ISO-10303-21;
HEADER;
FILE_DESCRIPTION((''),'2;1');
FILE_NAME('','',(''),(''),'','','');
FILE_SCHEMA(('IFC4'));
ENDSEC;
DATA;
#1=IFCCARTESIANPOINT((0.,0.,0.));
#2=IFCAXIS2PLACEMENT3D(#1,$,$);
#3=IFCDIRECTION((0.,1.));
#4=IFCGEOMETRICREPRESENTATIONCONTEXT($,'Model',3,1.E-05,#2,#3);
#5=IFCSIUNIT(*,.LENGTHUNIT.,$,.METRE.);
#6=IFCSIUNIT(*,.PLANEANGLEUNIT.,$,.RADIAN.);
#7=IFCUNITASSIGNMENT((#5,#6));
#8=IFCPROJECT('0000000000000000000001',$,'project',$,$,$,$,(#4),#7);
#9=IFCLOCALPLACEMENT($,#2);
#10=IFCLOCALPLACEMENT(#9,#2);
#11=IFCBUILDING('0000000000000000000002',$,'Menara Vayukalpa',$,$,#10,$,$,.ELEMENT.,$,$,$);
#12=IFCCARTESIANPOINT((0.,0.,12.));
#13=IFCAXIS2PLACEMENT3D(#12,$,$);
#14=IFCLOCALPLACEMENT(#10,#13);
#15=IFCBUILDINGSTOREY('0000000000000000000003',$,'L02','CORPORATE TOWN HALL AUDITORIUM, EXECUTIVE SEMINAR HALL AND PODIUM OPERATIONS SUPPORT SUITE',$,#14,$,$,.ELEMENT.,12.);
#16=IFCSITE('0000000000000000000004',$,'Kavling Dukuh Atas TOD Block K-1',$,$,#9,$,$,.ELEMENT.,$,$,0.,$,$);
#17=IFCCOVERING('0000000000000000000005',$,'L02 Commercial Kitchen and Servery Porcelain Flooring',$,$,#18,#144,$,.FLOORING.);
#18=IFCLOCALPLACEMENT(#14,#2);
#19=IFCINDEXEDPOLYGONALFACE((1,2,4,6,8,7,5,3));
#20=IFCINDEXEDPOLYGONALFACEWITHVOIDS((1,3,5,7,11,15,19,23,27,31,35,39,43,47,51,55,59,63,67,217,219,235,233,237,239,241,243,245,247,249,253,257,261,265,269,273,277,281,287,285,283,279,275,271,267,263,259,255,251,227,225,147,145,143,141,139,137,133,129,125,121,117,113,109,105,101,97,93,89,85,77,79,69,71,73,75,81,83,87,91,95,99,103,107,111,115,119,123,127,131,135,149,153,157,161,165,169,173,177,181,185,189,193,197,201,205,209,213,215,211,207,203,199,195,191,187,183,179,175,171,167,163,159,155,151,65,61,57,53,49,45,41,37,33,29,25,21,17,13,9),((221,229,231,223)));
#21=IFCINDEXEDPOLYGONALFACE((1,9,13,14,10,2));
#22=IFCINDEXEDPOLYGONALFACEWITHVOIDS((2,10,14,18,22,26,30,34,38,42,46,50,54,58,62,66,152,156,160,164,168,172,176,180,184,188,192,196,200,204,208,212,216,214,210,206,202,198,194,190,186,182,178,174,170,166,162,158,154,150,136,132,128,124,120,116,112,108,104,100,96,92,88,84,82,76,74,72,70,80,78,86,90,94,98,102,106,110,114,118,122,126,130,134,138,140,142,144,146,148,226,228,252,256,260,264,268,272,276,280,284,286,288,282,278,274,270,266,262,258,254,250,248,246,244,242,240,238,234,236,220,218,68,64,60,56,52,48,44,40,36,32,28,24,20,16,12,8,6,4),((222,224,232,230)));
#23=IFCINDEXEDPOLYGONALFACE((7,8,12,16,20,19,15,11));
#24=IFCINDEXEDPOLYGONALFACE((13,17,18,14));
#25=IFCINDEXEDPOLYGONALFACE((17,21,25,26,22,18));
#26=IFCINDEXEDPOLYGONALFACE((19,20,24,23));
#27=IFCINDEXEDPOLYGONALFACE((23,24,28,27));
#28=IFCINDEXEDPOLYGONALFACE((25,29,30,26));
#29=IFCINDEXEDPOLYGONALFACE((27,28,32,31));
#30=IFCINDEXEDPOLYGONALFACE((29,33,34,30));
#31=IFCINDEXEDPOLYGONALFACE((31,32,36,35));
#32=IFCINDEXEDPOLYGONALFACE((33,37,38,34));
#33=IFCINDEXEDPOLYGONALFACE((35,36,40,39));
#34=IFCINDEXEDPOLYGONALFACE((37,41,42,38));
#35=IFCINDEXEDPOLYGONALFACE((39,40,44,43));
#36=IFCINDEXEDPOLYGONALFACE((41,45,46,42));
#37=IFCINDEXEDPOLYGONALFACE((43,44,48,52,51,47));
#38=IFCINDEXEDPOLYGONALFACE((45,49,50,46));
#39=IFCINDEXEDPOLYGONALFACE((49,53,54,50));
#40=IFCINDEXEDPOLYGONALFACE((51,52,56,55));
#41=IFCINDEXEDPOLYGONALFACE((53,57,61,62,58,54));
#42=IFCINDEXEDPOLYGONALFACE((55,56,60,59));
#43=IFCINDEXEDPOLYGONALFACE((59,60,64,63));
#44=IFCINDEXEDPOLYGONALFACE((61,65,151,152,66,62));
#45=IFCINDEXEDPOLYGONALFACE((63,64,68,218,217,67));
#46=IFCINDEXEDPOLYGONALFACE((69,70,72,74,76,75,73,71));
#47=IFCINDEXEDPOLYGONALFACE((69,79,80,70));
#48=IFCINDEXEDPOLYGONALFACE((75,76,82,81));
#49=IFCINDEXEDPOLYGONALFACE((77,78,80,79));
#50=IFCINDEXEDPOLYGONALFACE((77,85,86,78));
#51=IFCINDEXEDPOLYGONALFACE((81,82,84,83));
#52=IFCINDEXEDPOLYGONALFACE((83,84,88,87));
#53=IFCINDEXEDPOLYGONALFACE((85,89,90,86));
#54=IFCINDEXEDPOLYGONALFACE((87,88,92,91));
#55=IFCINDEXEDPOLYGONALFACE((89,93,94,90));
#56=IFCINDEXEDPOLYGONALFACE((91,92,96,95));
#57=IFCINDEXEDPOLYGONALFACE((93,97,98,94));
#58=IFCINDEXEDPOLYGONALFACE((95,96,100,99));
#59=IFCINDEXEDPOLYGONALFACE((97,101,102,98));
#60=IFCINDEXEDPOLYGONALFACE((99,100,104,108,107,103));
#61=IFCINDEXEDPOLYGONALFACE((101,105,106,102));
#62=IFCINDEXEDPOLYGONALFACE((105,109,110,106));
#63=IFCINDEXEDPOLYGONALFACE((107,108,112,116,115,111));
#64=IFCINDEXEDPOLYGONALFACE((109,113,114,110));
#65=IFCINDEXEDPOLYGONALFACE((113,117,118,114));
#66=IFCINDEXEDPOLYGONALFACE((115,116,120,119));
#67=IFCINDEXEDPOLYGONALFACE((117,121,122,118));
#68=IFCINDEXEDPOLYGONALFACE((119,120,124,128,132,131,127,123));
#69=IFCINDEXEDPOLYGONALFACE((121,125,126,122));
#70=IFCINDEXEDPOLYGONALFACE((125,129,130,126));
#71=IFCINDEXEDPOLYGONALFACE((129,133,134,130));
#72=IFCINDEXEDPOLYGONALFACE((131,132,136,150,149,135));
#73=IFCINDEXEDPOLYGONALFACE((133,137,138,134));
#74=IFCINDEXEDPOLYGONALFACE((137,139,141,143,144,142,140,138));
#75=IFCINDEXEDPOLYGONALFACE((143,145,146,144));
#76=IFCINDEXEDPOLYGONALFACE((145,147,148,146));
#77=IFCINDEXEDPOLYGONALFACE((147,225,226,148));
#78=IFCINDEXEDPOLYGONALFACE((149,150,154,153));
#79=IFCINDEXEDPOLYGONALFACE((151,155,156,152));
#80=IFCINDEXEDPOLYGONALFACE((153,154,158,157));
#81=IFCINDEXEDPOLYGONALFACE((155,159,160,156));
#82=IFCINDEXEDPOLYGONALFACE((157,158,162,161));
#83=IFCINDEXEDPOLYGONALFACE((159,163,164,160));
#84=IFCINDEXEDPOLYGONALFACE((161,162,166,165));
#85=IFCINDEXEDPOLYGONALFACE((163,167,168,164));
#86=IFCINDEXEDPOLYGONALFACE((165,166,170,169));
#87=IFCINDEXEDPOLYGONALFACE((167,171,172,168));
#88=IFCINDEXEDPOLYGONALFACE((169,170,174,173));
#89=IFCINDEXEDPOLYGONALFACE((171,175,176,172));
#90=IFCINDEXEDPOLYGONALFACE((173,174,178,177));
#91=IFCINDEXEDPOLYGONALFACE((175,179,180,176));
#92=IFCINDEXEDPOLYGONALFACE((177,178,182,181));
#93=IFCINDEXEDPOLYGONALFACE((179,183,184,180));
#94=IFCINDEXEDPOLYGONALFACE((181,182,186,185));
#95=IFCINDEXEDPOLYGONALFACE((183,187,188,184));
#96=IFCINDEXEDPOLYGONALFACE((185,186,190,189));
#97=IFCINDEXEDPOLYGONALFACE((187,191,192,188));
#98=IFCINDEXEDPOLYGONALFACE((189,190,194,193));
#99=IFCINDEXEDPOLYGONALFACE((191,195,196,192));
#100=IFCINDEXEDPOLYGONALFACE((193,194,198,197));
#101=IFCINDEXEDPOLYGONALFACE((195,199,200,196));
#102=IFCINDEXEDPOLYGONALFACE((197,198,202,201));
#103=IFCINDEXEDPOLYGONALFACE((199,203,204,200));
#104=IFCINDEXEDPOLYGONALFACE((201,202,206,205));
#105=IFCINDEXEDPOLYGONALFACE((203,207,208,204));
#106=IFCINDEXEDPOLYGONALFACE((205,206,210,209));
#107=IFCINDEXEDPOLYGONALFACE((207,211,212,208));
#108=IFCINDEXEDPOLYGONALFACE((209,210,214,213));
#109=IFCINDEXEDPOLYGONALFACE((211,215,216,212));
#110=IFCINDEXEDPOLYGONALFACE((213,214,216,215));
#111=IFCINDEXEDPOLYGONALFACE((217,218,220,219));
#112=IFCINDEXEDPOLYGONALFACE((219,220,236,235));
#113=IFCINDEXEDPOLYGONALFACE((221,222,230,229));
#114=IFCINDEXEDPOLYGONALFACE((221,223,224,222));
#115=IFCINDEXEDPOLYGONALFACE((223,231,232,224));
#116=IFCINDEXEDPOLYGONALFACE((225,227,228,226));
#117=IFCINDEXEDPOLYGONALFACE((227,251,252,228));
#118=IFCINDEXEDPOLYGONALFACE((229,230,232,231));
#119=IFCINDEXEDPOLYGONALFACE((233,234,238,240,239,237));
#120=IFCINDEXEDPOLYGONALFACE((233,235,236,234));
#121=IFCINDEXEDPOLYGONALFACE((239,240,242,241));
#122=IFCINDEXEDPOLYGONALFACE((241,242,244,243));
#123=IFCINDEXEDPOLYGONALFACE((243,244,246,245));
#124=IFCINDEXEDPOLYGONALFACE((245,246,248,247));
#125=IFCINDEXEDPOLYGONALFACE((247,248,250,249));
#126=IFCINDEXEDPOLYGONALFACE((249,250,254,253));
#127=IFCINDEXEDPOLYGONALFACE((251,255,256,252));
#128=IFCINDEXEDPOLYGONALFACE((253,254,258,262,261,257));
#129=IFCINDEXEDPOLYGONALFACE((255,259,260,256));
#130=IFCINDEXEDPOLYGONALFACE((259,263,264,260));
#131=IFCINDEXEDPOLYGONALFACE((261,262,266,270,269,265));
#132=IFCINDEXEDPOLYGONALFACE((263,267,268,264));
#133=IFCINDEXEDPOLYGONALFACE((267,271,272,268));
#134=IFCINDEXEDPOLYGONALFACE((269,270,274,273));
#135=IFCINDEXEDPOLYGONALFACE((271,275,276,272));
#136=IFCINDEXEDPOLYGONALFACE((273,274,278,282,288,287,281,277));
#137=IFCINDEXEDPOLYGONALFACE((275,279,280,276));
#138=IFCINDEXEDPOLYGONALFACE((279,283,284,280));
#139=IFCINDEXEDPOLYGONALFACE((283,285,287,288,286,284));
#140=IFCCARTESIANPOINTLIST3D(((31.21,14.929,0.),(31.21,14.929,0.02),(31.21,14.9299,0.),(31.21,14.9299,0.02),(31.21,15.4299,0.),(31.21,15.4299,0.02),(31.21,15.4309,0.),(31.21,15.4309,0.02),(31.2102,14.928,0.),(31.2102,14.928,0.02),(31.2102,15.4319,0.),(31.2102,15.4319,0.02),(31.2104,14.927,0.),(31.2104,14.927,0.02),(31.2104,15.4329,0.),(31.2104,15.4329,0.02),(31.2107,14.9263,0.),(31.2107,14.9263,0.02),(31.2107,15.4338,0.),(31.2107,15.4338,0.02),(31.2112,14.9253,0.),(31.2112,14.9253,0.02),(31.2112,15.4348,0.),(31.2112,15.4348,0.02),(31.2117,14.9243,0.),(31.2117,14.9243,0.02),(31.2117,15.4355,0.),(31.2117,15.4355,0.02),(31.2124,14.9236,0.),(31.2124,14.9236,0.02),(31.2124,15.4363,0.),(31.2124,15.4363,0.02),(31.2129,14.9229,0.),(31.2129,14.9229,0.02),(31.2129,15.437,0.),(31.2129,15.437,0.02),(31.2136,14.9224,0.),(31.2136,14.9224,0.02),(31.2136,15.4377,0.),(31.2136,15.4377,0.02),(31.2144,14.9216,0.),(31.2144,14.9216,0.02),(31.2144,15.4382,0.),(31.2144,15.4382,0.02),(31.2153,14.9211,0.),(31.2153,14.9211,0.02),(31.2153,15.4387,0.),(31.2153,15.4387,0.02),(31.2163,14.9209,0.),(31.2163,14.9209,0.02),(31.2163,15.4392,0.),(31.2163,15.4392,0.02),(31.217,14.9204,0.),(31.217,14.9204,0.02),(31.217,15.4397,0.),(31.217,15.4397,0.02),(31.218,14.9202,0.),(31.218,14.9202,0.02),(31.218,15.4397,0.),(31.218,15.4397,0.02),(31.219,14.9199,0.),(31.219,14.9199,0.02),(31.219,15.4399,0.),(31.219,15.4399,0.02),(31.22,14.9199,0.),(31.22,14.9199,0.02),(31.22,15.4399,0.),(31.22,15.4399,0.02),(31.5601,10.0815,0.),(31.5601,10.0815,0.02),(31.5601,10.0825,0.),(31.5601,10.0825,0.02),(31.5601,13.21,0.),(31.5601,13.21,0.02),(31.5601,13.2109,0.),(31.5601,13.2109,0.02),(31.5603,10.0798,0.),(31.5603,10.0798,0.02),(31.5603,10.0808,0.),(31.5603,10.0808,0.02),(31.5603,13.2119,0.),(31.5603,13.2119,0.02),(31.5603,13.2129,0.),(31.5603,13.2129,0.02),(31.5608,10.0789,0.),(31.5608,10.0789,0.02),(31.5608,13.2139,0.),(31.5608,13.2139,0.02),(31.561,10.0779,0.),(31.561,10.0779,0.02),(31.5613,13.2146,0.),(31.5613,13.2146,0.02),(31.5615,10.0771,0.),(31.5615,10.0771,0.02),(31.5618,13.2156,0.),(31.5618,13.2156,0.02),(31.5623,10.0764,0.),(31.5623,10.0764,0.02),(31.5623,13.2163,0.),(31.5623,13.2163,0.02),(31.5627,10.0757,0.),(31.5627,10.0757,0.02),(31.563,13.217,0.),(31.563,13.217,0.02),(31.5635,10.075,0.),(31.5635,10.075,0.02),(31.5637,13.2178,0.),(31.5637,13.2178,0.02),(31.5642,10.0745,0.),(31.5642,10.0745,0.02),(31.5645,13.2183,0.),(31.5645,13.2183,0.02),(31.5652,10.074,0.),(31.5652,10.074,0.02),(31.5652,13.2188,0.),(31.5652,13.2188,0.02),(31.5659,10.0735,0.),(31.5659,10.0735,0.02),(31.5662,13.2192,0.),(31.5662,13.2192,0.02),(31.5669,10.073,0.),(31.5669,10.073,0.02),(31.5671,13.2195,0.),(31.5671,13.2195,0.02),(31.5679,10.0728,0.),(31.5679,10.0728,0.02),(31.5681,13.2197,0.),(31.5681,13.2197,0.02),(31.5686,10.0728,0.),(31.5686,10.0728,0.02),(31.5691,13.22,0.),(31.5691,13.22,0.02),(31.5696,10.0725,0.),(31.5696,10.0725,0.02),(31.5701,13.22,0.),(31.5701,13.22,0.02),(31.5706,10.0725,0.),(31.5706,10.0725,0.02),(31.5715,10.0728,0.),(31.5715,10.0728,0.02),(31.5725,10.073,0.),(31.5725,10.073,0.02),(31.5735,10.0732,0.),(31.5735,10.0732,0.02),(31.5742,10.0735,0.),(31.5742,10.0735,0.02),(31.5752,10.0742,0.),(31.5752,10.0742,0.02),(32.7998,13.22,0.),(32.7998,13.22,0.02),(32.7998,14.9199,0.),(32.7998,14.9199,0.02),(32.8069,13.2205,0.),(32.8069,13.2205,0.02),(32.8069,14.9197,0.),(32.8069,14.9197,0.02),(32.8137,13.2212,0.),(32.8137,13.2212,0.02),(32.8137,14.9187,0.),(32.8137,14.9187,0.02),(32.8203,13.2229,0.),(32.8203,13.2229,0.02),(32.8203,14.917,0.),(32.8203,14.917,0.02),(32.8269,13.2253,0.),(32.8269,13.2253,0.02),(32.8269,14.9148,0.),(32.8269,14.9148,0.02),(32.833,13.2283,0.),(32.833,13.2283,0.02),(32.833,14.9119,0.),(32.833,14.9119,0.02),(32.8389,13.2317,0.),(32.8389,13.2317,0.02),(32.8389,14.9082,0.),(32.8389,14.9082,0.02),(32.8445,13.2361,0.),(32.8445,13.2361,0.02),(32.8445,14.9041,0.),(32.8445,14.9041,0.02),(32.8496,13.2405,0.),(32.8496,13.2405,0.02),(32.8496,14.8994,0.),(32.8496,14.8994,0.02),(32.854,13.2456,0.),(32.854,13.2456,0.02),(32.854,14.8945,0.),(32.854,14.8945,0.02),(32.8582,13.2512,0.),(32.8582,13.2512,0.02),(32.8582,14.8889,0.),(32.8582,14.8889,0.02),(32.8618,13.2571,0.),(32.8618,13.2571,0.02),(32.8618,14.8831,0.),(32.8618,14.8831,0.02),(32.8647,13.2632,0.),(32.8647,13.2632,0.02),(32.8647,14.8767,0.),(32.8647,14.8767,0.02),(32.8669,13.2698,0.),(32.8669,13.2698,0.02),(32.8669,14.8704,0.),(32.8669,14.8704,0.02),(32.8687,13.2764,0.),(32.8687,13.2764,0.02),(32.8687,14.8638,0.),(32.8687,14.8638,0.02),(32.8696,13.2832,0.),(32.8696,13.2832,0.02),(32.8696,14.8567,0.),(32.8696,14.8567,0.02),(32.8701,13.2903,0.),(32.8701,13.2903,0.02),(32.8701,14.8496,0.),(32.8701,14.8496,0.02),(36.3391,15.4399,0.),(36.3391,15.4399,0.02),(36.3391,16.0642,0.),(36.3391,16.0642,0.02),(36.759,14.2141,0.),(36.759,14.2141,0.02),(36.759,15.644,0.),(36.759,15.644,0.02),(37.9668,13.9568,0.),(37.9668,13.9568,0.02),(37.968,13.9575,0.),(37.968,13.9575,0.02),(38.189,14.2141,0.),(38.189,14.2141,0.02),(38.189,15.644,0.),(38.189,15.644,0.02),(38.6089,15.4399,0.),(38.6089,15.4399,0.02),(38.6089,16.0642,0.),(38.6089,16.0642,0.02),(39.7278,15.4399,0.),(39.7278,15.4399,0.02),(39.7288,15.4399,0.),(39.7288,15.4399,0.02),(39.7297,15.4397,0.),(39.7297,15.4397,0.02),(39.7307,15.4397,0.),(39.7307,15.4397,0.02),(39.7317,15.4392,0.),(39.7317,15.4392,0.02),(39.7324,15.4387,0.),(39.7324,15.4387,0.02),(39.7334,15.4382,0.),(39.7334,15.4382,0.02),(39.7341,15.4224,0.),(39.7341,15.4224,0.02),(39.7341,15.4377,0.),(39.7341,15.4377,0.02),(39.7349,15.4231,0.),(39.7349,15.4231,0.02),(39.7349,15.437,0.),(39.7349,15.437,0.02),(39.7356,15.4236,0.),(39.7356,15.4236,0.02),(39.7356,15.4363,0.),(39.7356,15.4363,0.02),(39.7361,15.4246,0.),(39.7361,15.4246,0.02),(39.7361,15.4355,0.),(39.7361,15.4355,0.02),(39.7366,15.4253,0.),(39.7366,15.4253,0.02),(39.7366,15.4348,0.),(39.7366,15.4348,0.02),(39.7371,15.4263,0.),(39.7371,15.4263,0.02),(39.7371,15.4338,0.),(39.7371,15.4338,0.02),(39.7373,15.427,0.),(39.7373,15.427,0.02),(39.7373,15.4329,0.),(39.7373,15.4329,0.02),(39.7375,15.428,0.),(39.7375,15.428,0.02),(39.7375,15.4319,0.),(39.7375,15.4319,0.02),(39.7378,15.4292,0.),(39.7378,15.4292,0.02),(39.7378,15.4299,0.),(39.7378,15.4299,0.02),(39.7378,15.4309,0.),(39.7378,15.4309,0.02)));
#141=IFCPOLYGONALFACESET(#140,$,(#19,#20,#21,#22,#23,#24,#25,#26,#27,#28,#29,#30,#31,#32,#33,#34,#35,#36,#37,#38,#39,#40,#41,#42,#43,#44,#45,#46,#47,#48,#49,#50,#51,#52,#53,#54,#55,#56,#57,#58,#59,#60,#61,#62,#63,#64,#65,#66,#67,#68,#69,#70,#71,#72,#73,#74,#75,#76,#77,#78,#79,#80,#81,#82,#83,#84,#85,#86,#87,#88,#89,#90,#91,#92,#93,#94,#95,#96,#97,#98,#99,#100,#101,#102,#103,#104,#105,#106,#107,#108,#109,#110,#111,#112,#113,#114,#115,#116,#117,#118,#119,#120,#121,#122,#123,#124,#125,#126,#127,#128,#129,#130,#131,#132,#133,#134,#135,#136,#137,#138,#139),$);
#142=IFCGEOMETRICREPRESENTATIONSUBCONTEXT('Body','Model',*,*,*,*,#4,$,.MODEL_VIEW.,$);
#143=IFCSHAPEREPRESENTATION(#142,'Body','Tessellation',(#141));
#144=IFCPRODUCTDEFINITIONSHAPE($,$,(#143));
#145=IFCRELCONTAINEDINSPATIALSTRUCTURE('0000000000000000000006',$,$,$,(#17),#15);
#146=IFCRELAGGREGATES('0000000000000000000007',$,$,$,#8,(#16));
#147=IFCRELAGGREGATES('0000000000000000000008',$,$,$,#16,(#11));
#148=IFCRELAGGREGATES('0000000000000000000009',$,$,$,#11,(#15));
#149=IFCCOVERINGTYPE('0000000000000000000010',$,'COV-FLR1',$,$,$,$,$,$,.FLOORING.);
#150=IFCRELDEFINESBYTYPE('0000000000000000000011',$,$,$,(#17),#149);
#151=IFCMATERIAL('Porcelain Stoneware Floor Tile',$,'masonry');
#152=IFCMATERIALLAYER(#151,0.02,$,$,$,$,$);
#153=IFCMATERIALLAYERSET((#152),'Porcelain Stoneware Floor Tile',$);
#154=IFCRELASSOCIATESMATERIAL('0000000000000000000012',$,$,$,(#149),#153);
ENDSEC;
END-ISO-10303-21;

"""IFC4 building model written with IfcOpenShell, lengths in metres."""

from ifc_helpers import new_model, si_unit, direction, frame, origin, place, context, subcontext, project, spatial, polyline, outline, extrude, material, layer, layer_set, type_object, element, save


model = new_model("IFC4")

# Units and contexts
model_context = context("Model", 3, precision=1e-05, world=origin(), true_north=direction((0.0, 1.0)))
body_context = subcontext(model_context, "Body", "Model", "MODEL_VIEW")
ifc_project = project(units=[si_unit("LENGTHUNIT", "METRE"), si_unit("PLANEANGLEUNIT", "RADIAN")], contexts=[model_context])

# Site, building, storey
site_placement = place(None, origin())
site = spatial("IfcSite", under=ifc_project, at=site_placement, Name="Kavling Dukuh Atas TOD Block K-1", CompositionType="ELEMENT", RefElevation=0.0)
building_placement = place(site_placement, origin())
building = spatial("IfcBuilding", under=site, at=building_placement, Name="Menara Vayukalpa", CompositionType="ELEMENT")
storey_placement = place(building_placement, frame((0.0, 0.0, 12.0)))
storey = spatial("IfcBuildingStorey", under=building, at=storey_placement, Name="L02", Description="CORPORATE TOWN HALL AUDITORIUM, EXECUTIVE SEMINAR HALL AND PODIUM OPERATIONS SUPPORT SUITE", CompositionType="ELEMENT", Elevation=12.0)

# Covering
ifc_material_1 = material(Name="Porcelain Stoneware Floor Tile", Category="masonry")
ifc_layer_1 = layer(ifc_material_1, 0.02)
ifc_layer_set_1 = layer_set([ifc_layer_1], Name="Porcelain Stoneware Floor Tile")
covering_type_1 = type_object("IfcCoveringType", Name="COV-FLR1", PredefinedType="FLOORING", material=ifc_layer_set_1)
covering_1_placement = place(storey_placement, origin())
element("IfcCovering", 1, at=covering_1_placement, inside=storey, type_object=covering_type_1, Name="L02 Commercial Kitchen and Servery Porcelain Flooring", PredefinedType="FLOORING", context=body_context, shape_type="SweptSolid", body=[
    extrude(outline(polyline([(31.5735, 10.0732), (31.5725, 10.073), (31.5715, 10.0728), (31.5706, 10.0725), (31.5696, 10.0725), (31.5686, 10.0728), (31.5679, 10.0728), (31.5669, 10.073), (31.5659, 10.0735), (31.5652, 10.074), (31.5642, 10.0745), (31.5635, 10.075), (31.5627, 10.0757), (31.5623, 10.0764), (31.5615, 10.0771), (31.561, 10.0779), (31.5608, 10.0789), (31.5603, 10.0798), (31.5603, 10.0808), (31.5601, 10.0815), (31.5601, 10.0825), (31.5601, 13.21), (31.5601, 13.2109), (31.5603, 13.2119), (31.5603, 13.2129), (31.5608, 13.2139), (31.5613, 13.2146), (31.5618, 13.2156), (31.5623, 13.2163), (31.563, 13.217), (31.5637, 13.2178), (31.5645, 13.2183), (31.5652, 13.2188), (31.5662, 13.2192), (31.5671, 13.2195), (31.5681, 13.2197), (31.5691, 13.22), (31.5701, 13.22), (32.7998, 13.22), (32.8069, 13.2205), (32.8137, 13.2212), (32.8203, 13.2229), (32.8269, 13.2253), (32.833, 13.2283), (32.8389, 13.2317), (32.8445, 13.2361), (32.8496, 13.2405), (32.854, 13.2456), (32.8582, 13.2512), (32.8618, 13.2571), (32.8647, 13.2632), (32.8669, 13.2698), (32.8687, 13.2764), (32.8696, 13.2832), (32.8701, 13.2903), (32.8701, 14.8496), (32.8696, 14.8567), (32.8687, 14.8638), (32.8669, 14.8704), (32.8647, 14.8767), (32.8618, 14.8831), (32.8582, 14.8889), (32.854, 14.8945), (32.8496, 14.8994), (32.8445, 14.9041), (32.8389, 14.9082), (32.833, 14.9119), (32.8269, 14.9148), (32.8203, 14.917), (32.8137, 14.9187), (32.8069, 14.9197), (32.7998, 14.9199), (31.22, 14.9199), (31.219, 14.9199), (31.218, 14.9202), (31.217, 14.9204), (31.2163, 14.9209), (31.2153, 14.9211), (31.2144, 14.9216), (31.2136, 14.9224), (31.2129, 14.9229), (31.2124, 14.9236), (31.2117, 14.9243), (31.2112, 14.9253), (31.2107, 14.9263), (31.2104, 14.927), (31.2102, 14.928), (31.21, 14.929), (31.21, 14.9299), (31.21, 15.4299), (31.21, 15.4309), (31.2102, 15.4319), (31.2104, 15.4329), (31.2107, 15.4338), (31.2112, 15.4348), (31.2117, 15.4355), (31.2124, 15.4363), (31.2129, 15.437), (31.2136, 15.4377), (31.2144, 15.4382), (31.2153, 15.4387), (31.2163, 15.4392), (31.217, 15.4397), (31.218, 15.4397), (31.219, 15.4399), (31.22, 15.4399), (36.3391, 15.4399), (36.3391, 16.0642), (38.6089, 16.0642), (38.6089, 15.4399), (39.7278, 15.4399), (39.7288, 15.4399), (39.7297, 15.4397), (39.7307, 15.4397), (39.7317, 15.4392), (39.7324, 15.4387), (39.7334, 15.4382), (39.7341, 15.4377), (39.7349, 15.437), (39.7356, 15.4363), (39.7361, 15.4355), (39.7366, 15.4348), (39.7371, 15.4338), (39.7373, 15.4329), (39.7375, 15.4319), (39.7378, 15.4309), (39.7378, 15.4299), (39.7378, 15.4292), (39.7375, 15.428), (39.7373, 15.427), (39.7371, 15.4263), (39.7366, 15.4253), (39.7361, 15.4246), (39.7356, 15.4236), (39.7349, 15.4231), (39.7341, 15.4224), (37.968, 13.9575), (37.9668, 13.9568), (31.5752, 10.0742), (31.5742, 10.0735), (31.5735, 10.0732)]), holes=[polyline([(38.189, 15.644), (36.759, 15.644), (36.759, 14.2141), (38.189, 14.2141), (38.189, 15.644)])]), origin(), (0.0, 0.0, 1.0), 0.02),
])

save(model, "model.ifc")
